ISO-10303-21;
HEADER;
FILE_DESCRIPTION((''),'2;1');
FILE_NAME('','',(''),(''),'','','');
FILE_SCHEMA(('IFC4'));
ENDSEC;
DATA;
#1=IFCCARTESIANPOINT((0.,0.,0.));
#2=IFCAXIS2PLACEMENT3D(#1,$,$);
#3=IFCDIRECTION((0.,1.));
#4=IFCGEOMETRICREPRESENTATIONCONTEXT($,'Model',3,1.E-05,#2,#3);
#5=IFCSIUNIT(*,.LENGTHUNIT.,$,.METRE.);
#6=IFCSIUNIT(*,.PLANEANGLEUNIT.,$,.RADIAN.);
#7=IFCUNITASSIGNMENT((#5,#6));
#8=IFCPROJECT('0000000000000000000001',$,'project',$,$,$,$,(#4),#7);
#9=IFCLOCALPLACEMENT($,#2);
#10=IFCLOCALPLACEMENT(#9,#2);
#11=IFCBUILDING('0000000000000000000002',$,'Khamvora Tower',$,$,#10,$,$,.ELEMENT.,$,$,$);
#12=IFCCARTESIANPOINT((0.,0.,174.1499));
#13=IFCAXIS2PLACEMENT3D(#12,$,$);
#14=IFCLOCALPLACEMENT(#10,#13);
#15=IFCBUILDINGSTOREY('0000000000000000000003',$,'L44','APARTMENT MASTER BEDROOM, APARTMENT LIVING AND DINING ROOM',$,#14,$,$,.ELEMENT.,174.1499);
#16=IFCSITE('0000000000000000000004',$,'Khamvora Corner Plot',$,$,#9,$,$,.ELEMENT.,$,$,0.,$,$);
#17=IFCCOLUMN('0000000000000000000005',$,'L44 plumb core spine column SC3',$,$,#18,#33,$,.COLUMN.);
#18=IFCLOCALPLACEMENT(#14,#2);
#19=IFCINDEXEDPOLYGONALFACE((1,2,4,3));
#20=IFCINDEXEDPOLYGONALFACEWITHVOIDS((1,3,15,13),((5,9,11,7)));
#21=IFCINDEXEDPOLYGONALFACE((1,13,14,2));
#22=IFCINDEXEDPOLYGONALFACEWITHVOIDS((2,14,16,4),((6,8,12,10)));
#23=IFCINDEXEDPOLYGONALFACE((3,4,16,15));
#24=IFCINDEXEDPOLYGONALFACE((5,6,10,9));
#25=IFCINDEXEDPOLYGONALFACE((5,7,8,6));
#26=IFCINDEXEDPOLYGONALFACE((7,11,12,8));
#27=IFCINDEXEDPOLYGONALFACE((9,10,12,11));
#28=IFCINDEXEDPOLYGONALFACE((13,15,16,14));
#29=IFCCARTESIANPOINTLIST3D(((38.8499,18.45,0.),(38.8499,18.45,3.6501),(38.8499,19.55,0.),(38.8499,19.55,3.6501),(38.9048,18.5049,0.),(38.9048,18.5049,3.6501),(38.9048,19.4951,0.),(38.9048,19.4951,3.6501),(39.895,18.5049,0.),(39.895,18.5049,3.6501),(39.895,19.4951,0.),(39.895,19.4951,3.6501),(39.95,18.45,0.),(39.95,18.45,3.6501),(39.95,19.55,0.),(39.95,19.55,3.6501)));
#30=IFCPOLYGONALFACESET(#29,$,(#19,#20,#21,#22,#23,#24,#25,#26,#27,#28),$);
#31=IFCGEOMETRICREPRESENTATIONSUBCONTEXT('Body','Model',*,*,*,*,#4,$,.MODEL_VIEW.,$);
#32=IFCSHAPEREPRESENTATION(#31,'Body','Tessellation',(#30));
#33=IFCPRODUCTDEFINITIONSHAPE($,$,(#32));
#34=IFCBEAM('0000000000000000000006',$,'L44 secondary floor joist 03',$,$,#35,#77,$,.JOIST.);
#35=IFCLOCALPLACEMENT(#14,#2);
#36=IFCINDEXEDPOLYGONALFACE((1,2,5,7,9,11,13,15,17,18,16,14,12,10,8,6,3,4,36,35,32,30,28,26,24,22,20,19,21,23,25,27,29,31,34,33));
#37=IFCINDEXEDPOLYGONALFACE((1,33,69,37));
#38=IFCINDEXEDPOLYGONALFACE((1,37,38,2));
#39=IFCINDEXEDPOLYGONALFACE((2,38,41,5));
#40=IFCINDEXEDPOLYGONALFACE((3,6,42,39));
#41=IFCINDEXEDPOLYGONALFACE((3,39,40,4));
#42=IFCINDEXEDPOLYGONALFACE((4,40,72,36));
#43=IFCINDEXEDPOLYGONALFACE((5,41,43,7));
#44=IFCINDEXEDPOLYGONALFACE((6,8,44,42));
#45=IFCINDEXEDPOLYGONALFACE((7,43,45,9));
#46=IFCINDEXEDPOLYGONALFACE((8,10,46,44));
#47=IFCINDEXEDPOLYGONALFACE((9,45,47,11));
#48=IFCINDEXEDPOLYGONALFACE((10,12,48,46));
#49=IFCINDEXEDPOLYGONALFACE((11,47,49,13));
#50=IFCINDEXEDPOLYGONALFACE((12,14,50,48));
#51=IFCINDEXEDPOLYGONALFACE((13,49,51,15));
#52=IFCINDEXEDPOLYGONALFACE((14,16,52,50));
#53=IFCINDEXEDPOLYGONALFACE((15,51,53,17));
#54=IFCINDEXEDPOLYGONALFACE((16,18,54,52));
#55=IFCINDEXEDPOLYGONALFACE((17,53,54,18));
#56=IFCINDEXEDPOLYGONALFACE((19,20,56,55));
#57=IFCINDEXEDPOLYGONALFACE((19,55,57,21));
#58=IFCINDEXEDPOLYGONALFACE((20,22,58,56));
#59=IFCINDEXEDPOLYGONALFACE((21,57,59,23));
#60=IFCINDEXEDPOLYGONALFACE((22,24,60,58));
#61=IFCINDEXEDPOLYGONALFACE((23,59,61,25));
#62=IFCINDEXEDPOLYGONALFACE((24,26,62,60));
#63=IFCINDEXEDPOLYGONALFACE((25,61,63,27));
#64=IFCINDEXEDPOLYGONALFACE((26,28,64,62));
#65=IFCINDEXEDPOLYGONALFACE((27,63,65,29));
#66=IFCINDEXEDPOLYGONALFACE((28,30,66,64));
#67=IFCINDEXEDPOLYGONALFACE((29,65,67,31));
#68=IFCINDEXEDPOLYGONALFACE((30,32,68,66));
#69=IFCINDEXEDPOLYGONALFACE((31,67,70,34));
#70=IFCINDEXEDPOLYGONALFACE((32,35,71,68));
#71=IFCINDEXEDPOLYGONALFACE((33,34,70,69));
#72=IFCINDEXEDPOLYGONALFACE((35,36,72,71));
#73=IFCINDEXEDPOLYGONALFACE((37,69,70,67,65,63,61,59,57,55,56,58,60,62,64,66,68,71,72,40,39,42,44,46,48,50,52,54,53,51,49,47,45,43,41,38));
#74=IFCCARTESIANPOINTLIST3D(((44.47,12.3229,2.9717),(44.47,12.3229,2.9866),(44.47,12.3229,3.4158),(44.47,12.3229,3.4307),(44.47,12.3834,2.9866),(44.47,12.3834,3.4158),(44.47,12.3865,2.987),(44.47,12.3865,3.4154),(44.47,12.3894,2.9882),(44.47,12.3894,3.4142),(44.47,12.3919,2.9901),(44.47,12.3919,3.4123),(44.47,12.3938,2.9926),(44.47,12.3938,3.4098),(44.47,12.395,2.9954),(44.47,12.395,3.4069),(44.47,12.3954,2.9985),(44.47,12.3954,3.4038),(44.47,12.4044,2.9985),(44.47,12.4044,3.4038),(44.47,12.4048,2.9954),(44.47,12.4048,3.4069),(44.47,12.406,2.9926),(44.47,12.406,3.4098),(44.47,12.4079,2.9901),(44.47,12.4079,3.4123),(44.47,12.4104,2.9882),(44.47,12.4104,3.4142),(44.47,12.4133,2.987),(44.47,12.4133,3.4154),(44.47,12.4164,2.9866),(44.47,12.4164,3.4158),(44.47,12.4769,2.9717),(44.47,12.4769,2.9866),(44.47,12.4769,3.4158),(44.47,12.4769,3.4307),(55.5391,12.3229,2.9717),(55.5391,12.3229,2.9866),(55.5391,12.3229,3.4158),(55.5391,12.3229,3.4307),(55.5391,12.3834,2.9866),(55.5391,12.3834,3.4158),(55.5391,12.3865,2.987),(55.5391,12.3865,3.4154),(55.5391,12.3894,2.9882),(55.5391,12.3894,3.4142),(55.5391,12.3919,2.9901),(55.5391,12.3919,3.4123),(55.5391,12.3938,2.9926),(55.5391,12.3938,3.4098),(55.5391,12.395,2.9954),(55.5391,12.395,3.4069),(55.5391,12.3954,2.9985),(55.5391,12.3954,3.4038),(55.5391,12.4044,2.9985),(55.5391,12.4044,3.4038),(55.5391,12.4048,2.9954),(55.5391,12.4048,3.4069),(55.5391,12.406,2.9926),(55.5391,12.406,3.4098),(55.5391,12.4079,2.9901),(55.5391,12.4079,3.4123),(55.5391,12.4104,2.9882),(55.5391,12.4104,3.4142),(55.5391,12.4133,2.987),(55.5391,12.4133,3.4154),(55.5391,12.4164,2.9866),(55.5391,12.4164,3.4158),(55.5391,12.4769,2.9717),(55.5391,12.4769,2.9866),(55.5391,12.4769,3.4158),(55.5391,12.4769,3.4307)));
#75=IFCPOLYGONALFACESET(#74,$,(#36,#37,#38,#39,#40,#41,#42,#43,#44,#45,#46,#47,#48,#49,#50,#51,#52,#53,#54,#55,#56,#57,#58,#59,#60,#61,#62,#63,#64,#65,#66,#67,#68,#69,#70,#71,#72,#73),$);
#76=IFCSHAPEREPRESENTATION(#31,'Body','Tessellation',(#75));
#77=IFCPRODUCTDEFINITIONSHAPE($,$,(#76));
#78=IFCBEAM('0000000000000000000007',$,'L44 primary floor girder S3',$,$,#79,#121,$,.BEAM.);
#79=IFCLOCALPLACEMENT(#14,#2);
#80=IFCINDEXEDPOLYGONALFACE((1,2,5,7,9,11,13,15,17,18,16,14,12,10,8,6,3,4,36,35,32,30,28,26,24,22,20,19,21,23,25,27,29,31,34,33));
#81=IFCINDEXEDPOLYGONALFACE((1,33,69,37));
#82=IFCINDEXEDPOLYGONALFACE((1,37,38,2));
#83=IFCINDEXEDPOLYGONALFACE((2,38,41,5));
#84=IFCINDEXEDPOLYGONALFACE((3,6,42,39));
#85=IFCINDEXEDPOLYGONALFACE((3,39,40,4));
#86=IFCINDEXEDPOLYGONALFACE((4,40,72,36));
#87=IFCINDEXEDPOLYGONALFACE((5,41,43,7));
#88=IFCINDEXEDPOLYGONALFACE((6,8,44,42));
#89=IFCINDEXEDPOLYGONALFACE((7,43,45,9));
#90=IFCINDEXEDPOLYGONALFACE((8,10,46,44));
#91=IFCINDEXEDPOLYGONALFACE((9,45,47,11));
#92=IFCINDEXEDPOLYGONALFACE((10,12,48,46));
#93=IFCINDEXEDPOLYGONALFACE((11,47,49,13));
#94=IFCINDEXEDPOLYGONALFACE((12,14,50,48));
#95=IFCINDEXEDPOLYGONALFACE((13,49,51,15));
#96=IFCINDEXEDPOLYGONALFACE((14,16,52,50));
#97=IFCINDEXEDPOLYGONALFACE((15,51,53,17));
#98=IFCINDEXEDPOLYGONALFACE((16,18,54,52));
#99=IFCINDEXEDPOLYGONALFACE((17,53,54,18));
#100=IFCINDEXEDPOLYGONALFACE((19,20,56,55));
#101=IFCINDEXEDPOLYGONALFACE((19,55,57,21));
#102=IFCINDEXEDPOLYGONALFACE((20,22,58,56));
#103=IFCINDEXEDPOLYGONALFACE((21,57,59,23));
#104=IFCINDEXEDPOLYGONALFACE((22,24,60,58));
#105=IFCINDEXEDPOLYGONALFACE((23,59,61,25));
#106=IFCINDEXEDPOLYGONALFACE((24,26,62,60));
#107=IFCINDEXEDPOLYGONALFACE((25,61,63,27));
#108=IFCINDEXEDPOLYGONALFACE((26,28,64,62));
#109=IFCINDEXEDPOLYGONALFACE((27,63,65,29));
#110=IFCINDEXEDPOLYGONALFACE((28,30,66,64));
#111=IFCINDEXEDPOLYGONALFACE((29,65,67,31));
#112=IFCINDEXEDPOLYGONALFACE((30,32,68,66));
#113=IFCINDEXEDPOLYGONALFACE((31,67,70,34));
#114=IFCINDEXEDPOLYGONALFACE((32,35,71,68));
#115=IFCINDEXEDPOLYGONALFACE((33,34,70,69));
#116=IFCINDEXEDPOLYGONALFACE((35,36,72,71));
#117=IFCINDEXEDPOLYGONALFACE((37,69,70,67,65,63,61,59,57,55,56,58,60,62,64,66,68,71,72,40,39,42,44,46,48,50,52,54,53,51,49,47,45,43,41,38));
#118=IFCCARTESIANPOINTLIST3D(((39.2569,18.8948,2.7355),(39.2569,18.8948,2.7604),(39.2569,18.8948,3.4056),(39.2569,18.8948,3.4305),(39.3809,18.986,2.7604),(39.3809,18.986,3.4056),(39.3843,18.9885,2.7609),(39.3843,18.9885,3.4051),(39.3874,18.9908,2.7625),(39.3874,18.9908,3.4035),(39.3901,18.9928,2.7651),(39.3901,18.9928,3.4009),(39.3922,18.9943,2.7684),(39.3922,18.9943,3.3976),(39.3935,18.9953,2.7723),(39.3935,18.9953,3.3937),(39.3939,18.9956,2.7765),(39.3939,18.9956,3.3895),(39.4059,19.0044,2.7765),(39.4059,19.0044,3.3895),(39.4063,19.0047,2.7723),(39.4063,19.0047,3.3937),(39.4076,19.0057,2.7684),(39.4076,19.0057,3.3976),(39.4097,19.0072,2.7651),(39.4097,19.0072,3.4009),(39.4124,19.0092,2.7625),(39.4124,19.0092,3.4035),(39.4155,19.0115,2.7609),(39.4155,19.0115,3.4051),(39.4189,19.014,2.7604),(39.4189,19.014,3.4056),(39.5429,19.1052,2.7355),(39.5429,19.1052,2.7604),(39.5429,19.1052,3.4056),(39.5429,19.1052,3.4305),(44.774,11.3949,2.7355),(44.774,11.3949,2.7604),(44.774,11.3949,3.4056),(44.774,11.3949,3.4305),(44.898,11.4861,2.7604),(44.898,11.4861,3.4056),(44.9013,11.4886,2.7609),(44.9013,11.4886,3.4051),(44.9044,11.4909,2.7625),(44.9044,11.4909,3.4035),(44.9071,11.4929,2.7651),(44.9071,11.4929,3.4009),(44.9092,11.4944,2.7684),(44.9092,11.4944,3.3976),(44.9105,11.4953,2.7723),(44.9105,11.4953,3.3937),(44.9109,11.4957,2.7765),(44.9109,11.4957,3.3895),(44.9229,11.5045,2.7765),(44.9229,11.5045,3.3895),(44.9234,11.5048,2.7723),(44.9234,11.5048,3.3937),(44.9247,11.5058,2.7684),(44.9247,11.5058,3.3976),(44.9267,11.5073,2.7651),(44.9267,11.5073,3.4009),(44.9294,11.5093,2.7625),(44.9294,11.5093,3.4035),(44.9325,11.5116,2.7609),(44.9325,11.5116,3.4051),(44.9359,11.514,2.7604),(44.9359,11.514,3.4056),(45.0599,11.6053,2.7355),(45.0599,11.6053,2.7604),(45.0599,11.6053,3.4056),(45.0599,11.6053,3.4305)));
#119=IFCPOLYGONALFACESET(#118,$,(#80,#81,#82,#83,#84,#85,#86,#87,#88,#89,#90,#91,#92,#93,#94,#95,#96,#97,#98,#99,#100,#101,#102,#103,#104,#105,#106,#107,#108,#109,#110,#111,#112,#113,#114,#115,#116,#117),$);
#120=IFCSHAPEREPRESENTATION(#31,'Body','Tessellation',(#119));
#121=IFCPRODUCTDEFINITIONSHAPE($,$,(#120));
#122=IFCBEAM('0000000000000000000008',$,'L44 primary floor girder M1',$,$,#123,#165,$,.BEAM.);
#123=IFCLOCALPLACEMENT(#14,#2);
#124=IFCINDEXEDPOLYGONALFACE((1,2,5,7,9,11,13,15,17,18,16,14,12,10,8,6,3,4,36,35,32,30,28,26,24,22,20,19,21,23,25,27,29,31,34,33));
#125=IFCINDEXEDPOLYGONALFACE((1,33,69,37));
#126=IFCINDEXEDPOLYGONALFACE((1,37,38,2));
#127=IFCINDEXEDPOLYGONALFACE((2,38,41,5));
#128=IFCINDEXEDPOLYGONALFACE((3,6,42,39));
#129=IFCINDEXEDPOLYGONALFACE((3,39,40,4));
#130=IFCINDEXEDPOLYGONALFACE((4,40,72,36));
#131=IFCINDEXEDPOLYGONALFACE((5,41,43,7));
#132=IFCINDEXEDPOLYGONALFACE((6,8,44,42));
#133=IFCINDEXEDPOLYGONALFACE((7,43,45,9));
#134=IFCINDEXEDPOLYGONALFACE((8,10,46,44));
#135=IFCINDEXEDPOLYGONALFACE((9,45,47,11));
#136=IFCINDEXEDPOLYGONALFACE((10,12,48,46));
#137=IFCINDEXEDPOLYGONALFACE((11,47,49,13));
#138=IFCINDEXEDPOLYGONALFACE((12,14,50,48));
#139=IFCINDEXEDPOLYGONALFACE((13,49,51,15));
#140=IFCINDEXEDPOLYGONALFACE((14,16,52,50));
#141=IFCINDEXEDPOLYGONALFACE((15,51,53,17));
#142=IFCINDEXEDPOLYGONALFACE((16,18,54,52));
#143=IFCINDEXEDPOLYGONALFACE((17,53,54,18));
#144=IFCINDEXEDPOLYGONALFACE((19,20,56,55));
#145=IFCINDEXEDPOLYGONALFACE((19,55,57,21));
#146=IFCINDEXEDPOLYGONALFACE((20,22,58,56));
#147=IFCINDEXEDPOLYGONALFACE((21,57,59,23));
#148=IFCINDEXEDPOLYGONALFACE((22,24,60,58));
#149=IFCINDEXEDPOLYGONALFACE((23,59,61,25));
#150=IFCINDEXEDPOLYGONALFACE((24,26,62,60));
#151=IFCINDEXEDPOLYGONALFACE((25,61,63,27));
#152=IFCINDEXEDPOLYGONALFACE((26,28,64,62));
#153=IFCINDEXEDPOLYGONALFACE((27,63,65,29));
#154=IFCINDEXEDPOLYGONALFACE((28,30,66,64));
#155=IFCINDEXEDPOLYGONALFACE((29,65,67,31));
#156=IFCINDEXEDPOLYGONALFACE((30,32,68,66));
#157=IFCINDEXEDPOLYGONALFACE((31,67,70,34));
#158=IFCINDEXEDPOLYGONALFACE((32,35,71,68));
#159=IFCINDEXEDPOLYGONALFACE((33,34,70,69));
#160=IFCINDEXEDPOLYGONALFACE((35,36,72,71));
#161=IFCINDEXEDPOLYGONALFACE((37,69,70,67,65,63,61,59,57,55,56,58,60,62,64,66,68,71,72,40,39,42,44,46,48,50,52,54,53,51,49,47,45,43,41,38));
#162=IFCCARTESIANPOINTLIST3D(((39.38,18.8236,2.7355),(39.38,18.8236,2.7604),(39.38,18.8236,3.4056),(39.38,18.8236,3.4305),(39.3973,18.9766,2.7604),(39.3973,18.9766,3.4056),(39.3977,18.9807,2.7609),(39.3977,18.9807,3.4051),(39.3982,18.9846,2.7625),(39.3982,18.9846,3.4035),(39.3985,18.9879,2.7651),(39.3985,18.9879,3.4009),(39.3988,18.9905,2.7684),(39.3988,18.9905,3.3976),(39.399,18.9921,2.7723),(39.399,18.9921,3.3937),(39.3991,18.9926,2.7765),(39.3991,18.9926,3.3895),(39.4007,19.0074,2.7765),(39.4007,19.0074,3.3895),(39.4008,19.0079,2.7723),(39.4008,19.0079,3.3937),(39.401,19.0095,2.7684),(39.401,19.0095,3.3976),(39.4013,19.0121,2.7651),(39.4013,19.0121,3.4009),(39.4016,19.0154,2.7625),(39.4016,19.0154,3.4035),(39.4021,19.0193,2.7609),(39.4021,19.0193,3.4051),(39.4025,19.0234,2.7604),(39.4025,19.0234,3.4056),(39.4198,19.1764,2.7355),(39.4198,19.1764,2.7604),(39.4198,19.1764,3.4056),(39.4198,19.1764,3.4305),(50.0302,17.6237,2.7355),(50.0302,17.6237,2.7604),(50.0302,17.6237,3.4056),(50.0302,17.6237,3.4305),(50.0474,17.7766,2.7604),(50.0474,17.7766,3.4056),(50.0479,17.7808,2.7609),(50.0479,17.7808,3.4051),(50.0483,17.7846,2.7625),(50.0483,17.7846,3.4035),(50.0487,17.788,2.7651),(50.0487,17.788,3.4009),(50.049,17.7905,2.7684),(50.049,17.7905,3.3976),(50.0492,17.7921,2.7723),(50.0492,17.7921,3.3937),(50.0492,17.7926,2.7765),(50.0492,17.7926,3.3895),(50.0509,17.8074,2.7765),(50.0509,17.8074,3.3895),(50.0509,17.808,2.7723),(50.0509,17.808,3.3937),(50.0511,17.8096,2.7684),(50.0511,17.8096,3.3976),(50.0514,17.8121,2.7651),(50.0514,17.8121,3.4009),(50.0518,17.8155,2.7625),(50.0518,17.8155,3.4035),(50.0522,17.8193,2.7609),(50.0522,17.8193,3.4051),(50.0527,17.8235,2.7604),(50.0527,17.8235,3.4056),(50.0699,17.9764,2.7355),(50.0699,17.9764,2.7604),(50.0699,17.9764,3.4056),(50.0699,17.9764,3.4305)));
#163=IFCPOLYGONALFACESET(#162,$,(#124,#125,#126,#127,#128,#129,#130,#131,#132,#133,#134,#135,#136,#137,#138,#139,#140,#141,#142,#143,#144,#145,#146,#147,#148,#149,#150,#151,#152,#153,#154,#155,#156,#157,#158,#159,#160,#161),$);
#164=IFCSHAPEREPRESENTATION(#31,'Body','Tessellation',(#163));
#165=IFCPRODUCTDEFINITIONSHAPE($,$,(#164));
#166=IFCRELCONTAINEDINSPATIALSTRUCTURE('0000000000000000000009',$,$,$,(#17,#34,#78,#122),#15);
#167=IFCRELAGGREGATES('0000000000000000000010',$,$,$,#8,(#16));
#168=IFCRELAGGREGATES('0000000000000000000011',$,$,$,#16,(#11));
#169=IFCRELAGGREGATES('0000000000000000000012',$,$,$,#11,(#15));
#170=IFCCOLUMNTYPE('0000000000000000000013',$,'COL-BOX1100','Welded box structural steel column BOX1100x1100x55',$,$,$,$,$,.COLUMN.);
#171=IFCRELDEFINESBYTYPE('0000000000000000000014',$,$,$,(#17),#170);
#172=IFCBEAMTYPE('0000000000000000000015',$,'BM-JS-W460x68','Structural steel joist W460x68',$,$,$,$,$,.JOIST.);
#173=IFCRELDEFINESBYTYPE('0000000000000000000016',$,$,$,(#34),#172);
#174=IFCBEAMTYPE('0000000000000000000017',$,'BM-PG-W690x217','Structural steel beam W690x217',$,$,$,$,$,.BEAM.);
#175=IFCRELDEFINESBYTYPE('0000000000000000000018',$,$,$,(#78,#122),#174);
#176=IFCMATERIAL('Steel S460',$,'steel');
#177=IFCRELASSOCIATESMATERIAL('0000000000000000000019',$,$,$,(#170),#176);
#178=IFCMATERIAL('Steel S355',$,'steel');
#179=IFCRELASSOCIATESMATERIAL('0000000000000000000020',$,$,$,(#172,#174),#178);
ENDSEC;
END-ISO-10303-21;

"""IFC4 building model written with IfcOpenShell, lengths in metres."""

from ifc_helpers import new_model, si_unit, direction, frame, origin, origin_2d, place, context, subcontext, project, spatial, hollow_rectangle, i_section, extrude, material, material_profile, profile_set, type_object, element, save


model = new_model("IFC4")

# Units and contexts
model_context = context("Model", 3, precision=1e-05, world=origin(), true_north=direction((0.0, 1.0)))
body_context = subcontext(model_context, "Body", "Model", "MODEL_VIEW")
ifc_project = project(units=[si_unit("LENGTHUNIT", "METRE"), si_unit("PLANEANGLEUNIT", "RADIAN")], contexts=[model_context])

# Site, building, storey
site_placement = place(None, origin())
site = spatial("IfcSite", under=ifc_project, at=site_placement, Name="Khamvora Corner Plot", CompositionType="ELEMENT", RefElevation=0.0)
building_placement = place(site_placement, origin())
building = spatial("IfcBuilding", under=site, at=building_placement, Name="Khamvora Tower", CompositionType="ELEMENT")
storey_placement = place(building_placement, frame((0.0, 0.0, 174.1499)))
storey = spatial("IfcBuildingStorey", under=building, at=storey_placement, Name="L44", Description="APARTMENT MASTER BEDROOM, APARTMENT LIVING AND DINING ROOM", CompositionType="ELEMENT", Elevation=174.1499)

# Column
ifc_material_1 = material(Name="Steel S460", Category="steel")
ifc_material_profile_1 = material_profile(ifc_material_1, hollow_rectangle(XDim=1.1001, YDim=1.1001, WallThickness=0.0549, at=origin_2d()), Name="BOX1100x1100x55")
ifc_profile_set_1 = profile_set([ifc_material_profile_1], Name="Steel S460")
column_type = type_object("IfcColumnType", Name="COL-BOX1100", Description="Welded box structural steel column BOX1100x1100x55", PredefinedType="COLUMN", material=ifc_profile_set_1)
column_placement = place(storey_placement, frame((39.3999, 19.0, 0.0), z_axis=(0.0, 0.0, 1.0), x_axis=(1.0, 0.0, 0.0)))
element("IfcColumn", 1, at=column_placement, inside=storey, type_object=column_type, Name="L44 plumb core spine column SC3", PredefinedType="COLUMN", context=body_context, shape_type="SweptSolid", body=[
    extrude(hollow_rectangle(XDim=1.1001, YDim=1.1001, WallThickness=0.0549, at=origin_2d()), origin(), (0.0, 0.0, 1.0), 3.6501),
])

# Beams
ifc_material_2 = material(Name="Steel S355", Category="steel")
ifc_material_profile_2 = material_profile(ifc_material_2, i_section(OverallWidth=0.1541, OverallDepth=0.459, WebThickness=0.009, FlangeThickness=0.0149, FilletRadius=0.012, at=origin_2d()), Name="W460x68")
ifc_profile_set_2 = profile_set([ifc_material_profile_2], Name="Steel S355")
beam_type_1 = type_object("IfcBeamType", Name="BM-JS-W460x68", Description="Structural steel joist W460x68", PredefinedType="JOIST", material=ifc_profile_set_2)
beam_1_placement = place(storey_placement, frame((44.47, 12.3999, 3.2012), z_axis=(1.0, 0.0, 0.0), x_axis=(0.0, 1.0, 0.0)))
element("IfcBeam", 2, at=beam_1_placement, inside=storey, type_object=beam_type_1, Name="L44 secondary floor joist 03", PredefinedType="JOIST", context=body_context, shape_type="SweptSolid", body=[
    extrude(i_section(OverallWidth=0.1541, OverallDepth=0.459, WebThickness=0.009, FlangeThickness=0.0149, FilletRadius=0.012, at=origin_2d()), origin(), (0.0, 0.0, 1.0), 11.0691),
])
ifc_material_profile_3 = material_profile(ifc_material_2, i_section(OverallWidth=0.355, OverallDepth=0.6951, WebThickness=0.0149, FlangeThickness=0.0249, FilletRadius=0.0161, at=origin_2d()), Name="W690x217")
ifc_profile_set_3 = profile_set([ifc_material_profile_3], Name="Steel S355")
beam_type_2 = type_object("IfcBeamType", Name="BM-PG-W690x217", Description="Structural steel beam W690x217", PredefinedType="BEAM", material=ifc_profile_set_3)
beam_2_placement = place(storey_placement, frame((39.3999, 19.0, 3.083), z_axis=(0.592557, -0.805529, 0.0), x_axis=(0.805529, 0.592557, 0.0)))
element("IfcBeam", 3, at=beam_2_placement, inside=storey, type_object=beam_type_2, Name="L44 primary floor girder S3", PredefinedType="BEAM", context=body_context, shape_type="SweptSolid", body=[
    extrude(i_section(OverallWidth=0.355, OverallDepth=0.6951, WebThickness=0.0149, FlangeThickness=0.0249, FilletRadius=0.0161, at=origin_2d()), origin(), (0.0, 0.0, 1.0), 9.3105),
])
beam_3_placement = place(storey_placement, frame((39.3999, 19.0, 3.083), z_axis=(0.993713, -0.111962, 0.0), x_axis=(0.111962, 0.993713, 0.0)))
element("IfcBeam", 4, at=beam_3_placement, inside=storey, type_object=beam_type_2, Name="L44 primary floor girder M1", PredefinedType="BEAM", context=body_context, shape_type="SweptSolid", body=[
    extrude(i_section(OverallWidth=0.355, OverallDepth=0.6951, WebThickness=0.0149, FlangeThickness=0.0249, FilletRadius=0.0161, at=origin_2d()), origin(), (0.0, 0.0, 1.0), 10.7175),
])

save(model, "model.ifc")
